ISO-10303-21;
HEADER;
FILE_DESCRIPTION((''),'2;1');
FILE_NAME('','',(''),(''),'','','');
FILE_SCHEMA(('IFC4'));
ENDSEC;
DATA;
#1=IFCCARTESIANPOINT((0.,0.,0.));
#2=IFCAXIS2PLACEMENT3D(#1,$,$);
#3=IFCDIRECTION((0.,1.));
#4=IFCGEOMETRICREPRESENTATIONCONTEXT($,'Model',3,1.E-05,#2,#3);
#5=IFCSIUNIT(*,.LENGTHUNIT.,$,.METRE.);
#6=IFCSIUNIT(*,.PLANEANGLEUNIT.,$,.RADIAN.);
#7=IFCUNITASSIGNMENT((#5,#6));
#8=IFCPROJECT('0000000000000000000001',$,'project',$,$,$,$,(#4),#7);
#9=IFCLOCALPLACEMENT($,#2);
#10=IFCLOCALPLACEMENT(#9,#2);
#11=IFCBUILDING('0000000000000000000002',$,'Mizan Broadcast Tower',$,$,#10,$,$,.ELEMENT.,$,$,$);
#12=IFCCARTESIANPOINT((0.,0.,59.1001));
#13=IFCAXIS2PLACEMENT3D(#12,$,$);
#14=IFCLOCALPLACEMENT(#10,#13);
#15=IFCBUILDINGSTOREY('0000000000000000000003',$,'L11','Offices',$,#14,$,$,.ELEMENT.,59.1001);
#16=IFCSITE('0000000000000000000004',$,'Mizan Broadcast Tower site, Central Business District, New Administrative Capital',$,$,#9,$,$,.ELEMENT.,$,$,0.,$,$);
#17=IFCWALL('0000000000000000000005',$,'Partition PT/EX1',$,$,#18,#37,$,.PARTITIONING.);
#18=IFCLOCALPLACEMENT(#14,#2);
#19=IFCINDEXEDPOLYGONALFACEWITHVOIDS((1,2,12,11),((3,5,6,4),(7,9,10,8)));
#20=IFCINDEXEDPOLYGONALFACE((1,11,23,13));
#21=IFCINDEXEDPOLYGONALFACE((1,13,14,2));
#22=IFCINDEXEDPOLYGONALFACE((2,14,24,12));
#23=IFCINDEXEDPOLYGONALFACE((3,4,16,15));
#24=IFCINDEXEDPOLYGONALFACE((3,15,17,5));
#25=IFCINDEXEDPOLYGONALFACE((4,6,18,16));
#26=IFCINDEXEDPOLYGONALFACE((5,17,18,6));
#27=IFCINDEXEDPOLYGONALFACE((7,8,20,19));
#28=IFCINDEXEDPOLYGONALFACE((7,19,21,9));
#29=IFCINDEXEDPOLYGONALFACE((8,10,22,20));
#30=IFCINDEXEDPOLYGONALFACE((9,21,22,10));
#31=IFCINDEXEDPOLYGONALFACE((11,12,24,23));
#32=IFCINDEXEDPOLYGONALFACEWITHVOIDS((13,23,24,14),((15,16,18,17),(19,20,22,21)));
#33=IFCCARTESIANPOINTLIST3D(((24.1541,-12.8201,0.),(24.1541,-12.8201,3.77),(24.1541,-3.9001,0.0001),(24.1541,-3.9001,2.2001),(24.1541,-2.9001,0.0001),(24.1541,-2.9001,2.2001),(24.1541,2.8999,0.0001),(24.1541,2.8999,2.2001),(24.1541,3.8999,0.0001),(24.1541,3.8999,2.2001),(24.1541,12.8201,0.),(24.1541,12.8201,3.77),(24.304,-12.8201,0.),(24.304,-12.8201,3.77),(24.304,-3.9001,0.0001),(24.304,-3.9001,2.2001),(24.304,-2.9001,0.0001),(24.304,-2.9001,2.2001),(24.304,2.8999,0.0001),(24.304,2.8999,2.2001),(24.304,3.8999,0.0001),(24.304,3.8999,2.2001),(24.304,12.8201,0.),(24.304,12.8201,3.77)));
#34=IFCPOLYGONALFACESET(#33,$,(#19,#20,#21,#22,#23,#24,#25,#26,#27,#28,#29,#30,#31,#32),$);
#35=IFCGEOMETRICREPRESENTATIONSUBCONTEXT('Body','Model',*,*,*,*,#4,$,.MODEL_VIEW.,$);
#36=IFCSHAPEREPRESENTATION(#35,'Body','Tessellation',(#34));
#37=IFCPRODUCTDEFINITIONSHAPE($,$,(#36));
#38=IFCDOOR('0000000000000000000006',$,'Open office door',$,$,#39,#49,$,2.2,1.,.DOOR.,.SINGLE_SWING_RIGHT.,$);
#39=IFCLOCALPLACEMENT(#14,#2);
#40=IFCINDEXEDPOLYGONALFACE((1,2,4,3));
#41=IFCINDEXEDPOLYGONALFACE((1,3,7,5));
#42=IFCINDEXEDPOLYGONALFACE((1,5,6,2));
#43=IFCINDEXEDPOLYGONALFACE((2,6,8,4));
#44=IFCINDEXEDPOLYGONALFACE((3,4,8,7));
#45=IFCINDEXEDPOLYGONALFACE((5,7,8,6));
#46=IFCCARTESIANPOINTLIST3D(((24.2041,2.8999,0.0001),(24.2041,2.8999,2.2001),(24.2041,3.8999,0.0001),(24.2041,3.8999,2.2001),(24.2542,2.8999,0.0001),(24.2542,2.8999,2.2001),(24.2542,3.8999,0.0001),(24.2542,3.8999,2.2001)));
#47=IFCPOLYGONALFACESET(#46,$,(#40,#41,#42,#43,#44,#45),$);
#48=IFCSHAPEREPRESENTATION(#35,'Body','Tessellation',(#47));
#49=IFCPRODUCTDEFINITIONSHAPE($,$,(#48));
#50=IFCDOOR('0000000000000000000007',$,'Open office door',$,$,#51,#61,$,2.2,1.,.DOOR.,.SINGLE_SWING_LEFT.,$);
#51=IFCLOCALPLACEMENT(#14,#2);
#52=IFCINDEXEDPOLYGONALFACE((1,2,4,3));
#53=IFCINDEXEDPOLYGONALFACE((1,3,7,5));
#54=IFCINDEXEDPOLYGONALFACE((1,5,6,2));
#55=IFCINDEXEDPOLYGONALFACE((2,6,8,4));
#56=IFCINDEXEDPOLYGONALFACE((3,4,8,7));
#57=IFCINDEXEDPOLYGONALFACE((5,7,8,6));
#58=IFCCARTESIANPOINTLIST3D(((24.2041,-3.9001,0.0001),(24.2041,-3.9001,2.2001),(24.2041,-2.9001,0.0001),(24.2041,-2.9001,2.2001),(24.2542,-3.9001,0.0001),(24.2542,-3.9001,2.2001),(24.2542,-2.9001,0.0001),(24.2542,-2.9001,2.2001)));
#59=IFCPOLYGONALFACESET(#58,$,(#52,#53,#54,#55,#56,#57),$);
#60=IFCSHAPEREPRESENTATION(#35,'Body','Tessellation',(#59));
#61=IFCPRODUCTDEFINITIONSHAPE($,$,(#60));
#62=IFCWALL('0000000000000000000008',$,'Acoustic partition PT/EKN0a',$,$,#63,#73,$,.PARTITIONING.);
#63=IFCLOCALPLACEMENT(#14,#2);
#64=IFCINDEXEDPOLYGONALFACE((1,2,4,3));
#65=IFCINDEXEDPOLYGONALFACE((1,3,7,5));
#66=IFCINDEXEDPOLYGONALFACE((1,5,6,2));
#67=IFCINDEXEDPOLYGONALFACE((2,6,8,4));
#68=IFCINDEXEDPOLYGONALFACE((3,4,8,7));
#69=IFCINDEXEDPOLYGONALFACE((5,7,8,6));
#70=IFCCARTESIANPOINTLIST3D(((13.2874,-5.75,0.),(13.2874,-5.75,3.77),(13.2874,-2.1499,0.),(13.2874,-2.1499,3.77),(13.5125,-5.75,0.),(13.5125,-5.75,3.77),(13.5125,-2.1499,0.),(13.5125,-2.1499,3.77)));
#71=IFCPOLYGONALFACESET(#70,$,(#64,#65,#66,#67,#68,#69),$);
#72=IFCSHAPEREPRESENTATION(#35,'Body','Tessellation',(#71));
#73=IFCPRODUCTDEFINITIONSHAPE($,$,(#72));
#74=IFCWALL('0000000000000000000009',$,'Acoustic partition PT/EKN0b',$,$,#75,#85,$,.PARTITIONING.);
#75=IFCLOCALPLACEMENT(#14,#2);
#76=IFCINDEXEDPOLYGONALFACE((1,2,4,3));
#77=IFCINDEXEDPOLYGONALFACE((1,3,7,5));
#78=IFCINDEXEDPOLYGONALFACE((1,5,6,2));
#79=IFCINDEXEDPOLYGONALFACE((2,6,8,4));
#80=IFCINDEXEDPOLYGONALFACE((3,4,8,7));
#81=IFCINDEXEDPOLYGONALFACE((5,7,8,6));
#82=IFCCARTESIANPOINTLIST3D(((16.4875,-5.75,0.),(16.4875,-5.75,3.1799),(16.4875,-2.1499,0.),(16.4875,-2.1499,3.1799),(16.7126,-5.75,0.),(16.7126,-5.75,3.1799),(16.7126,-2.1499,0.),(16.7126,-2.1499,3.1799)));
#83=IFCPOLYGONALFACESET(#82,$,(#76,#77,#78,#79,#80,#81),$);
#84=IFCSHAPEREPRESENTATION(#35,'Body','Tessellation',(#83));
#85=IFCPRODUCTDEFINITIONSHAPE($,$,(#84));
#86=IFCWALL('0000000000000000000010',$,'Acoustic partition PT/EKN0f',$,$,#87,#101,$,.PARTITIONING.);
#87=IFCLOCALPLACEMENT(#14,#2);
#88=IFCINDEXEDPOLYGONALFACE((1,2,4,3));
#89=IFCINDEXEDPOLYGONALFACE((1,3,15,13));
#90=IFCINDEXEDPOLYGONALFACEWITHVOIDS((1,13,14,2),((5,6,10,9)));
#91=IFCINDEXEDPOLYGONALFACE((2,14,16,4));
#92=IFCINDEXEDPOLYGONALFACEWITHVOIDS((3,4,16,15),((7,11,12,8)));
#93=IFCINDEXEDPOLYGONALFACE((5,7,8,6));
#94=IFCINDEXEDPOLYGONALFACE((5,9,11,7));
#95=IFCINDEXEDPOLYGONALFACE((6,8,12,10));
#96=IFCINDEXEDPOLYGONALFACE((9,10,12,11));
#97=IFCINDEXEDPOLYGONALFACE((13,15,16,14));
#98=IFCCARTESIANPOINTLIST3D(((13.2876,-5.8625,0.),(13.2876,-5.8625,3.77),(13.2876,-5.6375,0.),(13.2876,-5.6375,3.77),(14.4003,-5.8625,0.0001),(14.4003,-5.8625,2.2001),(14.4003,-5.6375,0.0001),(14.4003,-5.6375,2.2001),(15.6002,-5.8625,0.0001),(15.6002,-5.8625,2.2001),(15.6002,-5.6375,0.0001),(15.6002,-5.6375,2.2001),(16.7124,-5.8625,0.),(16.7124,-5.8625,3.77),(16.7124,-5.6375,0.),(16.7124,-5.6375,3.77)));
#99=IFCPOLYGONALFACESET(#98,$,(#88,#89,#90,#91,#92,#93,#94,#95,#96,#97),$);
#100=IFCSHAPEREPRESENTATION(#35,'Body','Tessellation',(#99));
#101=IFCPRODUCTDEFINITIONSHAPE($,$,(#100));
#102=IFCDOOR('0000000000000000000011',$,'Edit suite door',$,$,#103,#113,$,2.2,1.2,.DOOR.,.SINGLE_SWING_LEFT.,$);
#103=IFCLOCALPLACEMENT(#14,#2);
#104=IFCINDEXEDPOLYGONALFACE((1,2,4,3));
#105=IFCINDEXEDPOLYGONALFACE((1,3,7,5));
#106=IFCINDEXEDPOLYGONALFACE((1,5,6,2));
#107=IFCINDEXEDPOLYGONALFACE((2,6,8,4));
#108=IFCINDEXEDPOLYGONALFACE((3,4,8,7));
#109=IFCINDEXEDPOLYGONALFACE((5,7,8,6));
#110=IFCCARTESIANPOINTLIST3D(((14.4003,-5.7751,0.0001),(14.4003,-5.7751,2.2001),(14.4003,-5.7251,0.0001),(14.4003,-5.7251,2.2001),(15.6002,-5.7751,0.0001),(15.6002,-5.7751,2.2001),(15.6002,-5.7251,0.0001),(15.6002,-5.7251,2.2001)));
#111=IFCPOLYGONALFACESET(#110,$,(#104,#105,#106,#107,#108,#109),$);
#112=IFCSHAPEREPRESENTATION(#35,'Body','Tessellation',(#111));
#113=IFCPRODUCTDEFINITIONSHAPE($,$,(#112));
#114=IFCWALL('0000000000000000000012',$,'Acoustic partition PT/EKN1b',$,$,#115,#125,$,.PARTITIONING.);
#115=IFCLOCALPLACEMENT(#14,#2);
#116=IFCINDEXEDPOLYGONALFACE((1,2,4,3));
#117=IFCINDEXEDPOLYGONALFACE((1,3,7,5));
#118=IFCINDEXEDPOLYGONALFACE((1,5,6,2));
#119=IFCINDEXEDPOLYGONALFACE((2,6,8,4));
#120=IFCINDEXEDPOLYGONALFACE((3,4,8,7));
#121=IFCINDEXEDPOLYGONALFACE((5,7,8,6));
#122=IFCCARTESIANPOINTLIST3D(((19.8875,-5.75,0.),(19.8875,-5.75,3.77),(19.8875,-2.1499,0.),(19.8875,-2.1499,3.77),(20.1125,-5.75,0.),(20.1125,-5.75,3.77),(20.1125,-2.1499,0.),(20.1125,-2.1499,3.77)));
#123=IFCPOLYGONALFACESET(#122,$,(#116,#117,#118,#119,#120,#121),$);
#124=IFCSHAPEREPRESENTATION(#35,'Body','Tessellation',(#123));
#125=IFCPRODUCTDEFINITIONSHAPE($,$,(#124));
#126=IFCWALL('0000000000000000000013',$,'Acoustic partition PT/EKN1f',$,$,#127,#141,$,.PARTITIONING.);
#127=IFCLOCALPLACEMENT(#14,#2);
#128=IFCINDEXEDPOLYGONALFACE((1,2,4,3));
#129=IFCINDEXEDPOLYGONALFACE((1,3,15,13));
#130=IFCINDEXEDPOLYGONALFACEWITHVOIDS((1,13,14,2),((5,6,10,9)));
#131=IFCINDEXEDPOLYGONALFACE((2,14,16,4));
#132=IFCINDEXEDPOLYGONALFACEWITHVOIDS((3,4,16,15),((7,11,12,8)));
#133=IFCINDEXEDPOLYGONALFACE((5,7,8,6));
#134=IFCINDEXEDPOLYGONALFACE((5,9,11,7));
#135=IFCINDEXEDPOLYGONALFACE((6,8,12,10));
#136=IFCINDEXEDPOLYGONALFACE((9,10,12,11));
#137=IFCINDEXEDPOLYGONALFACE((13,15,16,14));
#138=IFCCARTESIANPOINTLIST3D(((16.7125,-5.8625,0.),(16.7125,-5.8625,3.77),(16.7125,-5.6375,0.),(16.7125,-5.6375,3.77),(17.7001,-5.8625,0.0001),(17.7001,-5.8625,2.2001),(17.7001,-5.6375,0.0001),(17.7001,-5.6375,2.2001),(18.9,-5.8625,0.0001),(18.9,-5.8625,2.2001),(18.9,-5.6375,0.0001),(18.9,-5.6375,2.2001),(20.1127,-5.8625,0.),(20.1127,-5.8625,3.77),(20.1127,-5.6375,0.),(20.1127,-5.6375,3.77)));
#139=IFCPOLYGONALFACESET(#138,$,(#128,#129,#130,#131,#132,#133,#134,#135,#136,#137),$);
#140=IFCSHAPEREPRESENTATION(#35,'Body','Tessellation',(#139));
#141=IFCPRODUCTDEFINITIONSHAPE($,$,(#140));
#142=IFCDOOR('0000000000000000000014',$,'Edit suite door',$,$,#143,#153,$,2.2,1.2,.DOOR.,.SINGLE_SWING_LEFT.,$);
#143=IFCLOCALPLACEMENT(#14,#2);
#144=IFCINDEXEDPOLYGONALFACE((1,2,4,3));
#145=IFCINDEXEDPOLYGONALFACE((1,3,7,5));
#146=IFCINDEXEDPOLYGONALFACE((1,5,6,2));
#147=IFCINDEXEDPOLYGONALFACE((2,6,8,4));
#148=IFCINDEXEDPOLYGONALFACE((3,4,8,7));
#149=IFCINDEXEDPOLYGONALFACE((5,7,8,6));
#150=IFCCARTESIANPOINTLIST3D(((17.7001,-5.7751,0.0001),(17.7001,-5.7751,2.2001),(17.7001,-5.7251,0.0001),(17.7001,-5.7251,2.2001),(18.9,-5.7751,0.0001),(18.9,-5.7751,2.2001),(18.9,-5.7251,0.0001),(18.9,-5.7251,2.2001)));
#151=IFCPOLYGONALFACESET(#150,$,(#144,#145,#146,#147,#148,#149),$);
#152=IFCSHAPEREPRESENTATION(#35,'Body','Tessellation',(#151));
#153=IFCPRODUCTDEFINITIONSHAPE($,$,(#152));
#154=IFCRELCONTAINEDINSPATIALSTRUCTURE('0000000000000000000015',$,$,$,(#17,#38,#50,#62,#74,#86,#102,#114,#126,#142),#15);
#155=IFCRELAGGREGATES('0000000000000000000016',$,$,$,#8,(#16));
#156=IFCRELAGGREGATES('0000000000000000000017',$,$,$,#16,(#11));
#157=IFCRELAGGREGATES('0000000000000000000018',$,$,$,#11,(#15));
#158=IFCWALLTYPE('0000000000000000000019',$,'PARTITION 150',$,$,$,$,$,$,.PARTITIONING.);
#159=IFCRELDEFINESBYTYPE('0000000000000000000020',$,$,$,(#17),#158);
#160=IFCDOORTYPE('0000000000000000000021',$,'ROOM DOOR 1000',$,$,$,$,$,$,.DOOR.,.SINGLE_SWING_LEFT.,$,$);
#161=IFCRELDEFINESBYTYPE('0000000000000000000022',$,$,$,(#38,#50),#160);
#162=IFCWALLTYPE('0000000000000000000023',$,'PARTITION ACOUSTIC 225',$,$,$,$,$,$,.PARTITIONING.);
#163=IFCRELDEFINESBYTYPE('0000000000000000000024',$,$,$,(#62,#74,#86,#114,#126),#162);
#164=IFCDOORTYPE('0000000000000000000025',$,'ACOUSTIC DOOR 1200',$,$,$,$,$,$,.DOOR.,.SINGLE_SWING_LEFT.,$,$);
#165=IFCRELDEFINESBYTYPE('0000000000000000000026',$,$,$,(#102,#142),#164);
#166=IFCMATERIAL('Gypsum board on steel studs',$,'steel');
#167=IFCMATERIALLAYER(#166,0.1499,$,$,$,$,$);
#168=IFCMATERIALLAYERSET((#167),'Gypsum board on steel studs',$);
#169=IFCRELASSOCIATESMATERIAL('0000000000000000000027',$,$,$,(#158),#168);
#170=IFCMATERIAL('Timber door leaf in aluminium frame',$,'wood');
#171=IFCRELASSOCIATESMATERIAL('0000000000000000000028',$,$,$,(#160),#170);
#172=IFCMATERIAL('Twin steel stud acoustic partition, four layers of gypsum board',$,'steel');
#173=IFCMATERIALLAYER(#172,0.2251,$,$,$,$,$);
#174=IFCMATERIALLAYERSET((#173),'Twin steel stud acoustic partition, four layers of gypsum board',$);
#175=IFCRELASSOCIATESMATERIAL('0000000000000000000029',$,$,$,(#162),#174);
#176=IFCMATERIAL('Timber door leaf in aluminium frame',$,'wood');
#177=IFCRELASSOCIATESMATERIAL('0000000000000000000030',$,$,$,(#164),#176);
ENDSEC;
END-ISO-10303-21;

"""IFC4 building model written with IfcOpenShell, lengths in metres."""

from ifc_helpers import new_model, si_unit, direction, frame, frame_2d, origin, place, context, subcontext, project, spatial, rectangle, extrude, material, layer, layer_set, type_object, element, fill, save


model = new_model("IFC4")

# Units and contexts
model_context = context("Model", 3, precision=1e-05, world=origin(), true_north=direction((0.0, 1.0)))
body_context = subcontext(model_context, "Body", "Model", "MODEL_VIEW")
ifc_project = project(units=[si_unit("LENGTHUNIT", "METRE"), si_unit("PLANEANGLEUNIT", "RADIAN")], contexts=[model_context])

# Site, building, storey
site_placement = place(None, origin())
site = spatial("IfcSite", under=ifc_project, at=site_placement, Name="Mizan Broadcast Tower site, Central Business District, New Administrative Capital", CompositionType="ELEMENT", RefElevation=0.0)
building_placement = place(site_placement, origin())
building = spatial("IfcBuilding", under=site, at=building_placement, Name="Mizan Broadcast Tower", CompositionType="ELEMENT")
storey_placement = place(building_placement, frame((0.0, 0.0, 59.1001)))
storey = spatial("IfcBuildingStorey", under=building, at=storey_placement, Name="L11", Description="Offices", CompositionType="ELEMENT", Elevation=59.1001)

# Wall, openings, doors
ifc_material_1 = material(Name="Gypsum board on steel studs", Category="steel")
ifc_layer_1 = layer(ifc_material_1, 0.1499)
ifc_layer_set_1 = layer_set([ifc_layer_1], Name="Gypsum board on steel studs")
wall_type_1 = type_object("IfcWallType", Name="PARTITION 150", PredefinedType="PARTITIONING", material=ifc_layer_set_1)
wall_1_placement = place(storey_placement, frame((24.229, -12.8201, 0.0), z_axis=(0.0, 0.0, 1.0), x_axis=(0.0, 1.0, 0.0)))
wall_1 = element("IfcWall", 1, at=wall_1_placement, inside=storey, type_object=wall_type_1, Name="Partition PT/EX1", PredefinedType="PARTITIONING", context=body_context, shape_type="SweptSolid", body=[
    extrude(rectangle(XDim=25.6401, YDim=0.1499, at=frame_2d((12.8201, 0.0))), origin(), (0.0, 0.0, 1.0), 3.77),
])
opening_1_placement = place(wall_1_placement, frame((15.72, 0.0, 0.0)))
opening_1 = element("IfcOpeningElement", 2, at=opening_1_placement, cuts=wall_1, PredefinedType="OPENING", context=body_context, shape_type="SweptSolid", body=[
    extrude(rectangle(XDim=1.0, YDim=2.2, at=frame_2d((0.5, 1.1001))), frame((0.0, 0.085, 0.0), z_axis=(0.0, -1.0, 0.0), x_axis=(1.0, 0.0, 0.0)), (0.0, 0.0, 1.0), 0.1699),
])
opening_2_placement = place(wall_1_placement, frame((8.9199, 0.0, 0.0)))
opening_2 = element("IfcOpeningElement", 3, at=opening_2_placement, cuts=wall_1, PredefinedType="OPENING", context=body_context, shape_type="SweptSolid", body=[
    extrude(rectangle(XDim=1.0, YDim=2.2, at=frame_2d((0.5, 1.1001))), frame((0.0, 0.085, 0.0), z_axis=(0.0, -1.0, 0.0), x_axis=(1.0, 0.0, 0.0)), (0.0, 0.0, 1.0), 0.1699),
])
ifc_material_2 = material(Name="Timber door leaf in aluminium frame", Category="wood")
door_type_1 = type_object("IfcDoorType", Name="ROOM DOOR 1000", OperationType="SINGLE_SWING_LEFT", PredefinedType="DOOR", material=ifc_material_2)
door_1_placement = place(opening_1_placement, origin())
door_1 = element("IfcDoor", 4, at=door_1_placement, inside=storey, type_object=door_type_1, Name="Open office door", OperationType="SINGLE_SWING_RIGHT", OverallHeight=2.2, OverallWidth=1.0, PredefinedType="DOOR", context=body_context, shape_type="SweptSolid", body=[
    extrude(rectangle(XDim=1.0, YDim=2.2, at=frame_2d((0.5, 1.1001))), frame((0.0, 0.0249, 0.0), z_axis=(0.0, -1.0, 0.0), x_axis=(1.0, 0.0, 0.0)), (0.0, 0.0, 1.0), 0.05),
])
fill(opening_1, door_1)
door_2_placement = place(opening_2_placement, origin())
door_2 = element("IfcDoor", 5, at=door_2_placement, inside=storey, type_object=door_type_1, Name="Open office door", OperationType="SINGLE_SWING_LEFT", OverallHeight=2.2, OverallWidth=1.0, PredefinedType="DOOR", context=body_context, shape_type="SweptSolid", body=[
    extrude(rectangle(XDim=1.0, YDim=2.2, at=frame_2d((0.5, 1.1001))), frame((0.0, 0.0249, 0.0), z_axis=(0.0, -1.0, 0.0), x_axis=(1.0, 0.0, 0.0)), (0.0, 0.0, 1.0), 0.05),
])
fill(opening_2, door_2)

# Walls
ifc_material_3 = material(Name="Twin steel stud acoustic partition, four layers of gypsum board", Category="steel")
ifc_layer_2 = layer(ifc_material_3, 0.2251)
ifc_layer_set_2 = layer_set([ifc_layer_2], Name="Twin steel stud acoustic partition, four layers of gypsum board")
wall_type_2 = type_object("IfcWallType", Name="PARTITION ACOUSTIC 225", PredefinedType="PARTITIONING", material=ifc_layer_set_2)
wall_2_placement = place(storey_placement, frame((13.3999, -2.1499, 0.0), z_axis=(0.0, 0.0, 1.0), x_axis=(0.0, -1.0, 0.0)))
element("IfcWall", 6, at=wall_2_placement, inside=storey, type_object=wall_type_2, Name="Acoustic partition PT/EKN0a", PredefinedType="PARTITIONING", context=body_context, shape_type="SweptSolid", body=[
    extrude(rectangle(XDim=3.6001, YDim=0.2251, at=frame_2d((1.8, 0.0))), origin(), (0.0, 0.0, 1.0), 3.77),
])
wall_3_placement = place(storey_placement, frame((16.6001, -2.1499, 0.0), z_axis=(0.0, 0.0, 1.0), x_axis=(0.0, -1.0, 0.0)))
element("IfcWall", 7, at=wall_3_placement, inside=storey, type_object=wall_type_2, Name="Acoustic partition PT/EKN0b", PredefinedType="PARTITIONING", context=body_context, shape_type="SweptSolid", body=[
    extrude(rectangle(XDim=3.6001, YDim=0.2251, at=frame_2d((1.8, 0.0))), origin(), (0.0, 0.0, 1.0), 3.1799),
])

# Wall, opening, door
wall_4_placement = place(storey_placement, frame((13.2876, -5.75, 0.0), z_axis=(0.0, 0.0, 1.0), x_axis=(1.0, 0.0, 0.0)))
wall_4 = element("IfcWall", 8, at=wall_4_placement, inside=storey, type_object=wall_type_2, Name="Acoustic partition PT/EKN0f", PredefinedType="PARTITIONING", context=body_context, shape_type="SweptSolid", body=[
    extrude(rectangle(XDim=3.4248, YDim=0.2251, at=frame_2d((1.7124, 0.0))), origin(), (0.0, 0.0, 1.0), 3.77),
])
opening_3_placement = place(wall_4_placement, frame((1.1125, 0.0, 0.0)))
opening_3 = element("IfcOpeningElement", 9, at=opening_3_placement, cuts=wall_4, PredefinedType="OPENING", context=body_context, shape_type="SweptSolid", body=[
    extrude(rectangle(XDim=1.2, YDim=2.2, at=frame_2d((0.6001, 1.1001))), frame((0.0, 0.1226, 0.0), z_axis=(0.0, -1.0, 0.0), x_axis=(1.0, 0.0, 0.0)), (0.0, 0.0, 1.0), 0.2451),
])
ifc_material_4 = material(Name="Timber door leaf in aluminium frame", Category="wood")
door_type_2 = type_object("IfcDoorType", Name="ACOUSTIC DOOR 1200", OperationType="SINGLE_SWING_LEFT", PredefinedType="DOOR", material=ifc_material_4)
door_3_placement = place(opening_3_placement, origin())
door_3 = element("IfcDoor", 10, at=door_3_placement, inside=storey, type_object=door_type_2, Name="Edit suite door", OperationType="SINGLE_SWING_LEFT", OverallHeight=2.2, OverallWidth=1.2, PredefinedType="DOOR", context=body_context, shape_type="SweptSolid", body=[
    extrude(rectangle(XDim=1.2, YDim=2.2, at=frame_2d((0.6001, 1.1001))), frame((0.0, 0.0249, 0.0), z_axis=(0.0, -1.0, 0.0), x_axis=(1.0, 0.0, 0.0)), (0.0, 0.0, 1.0), 0.05),
])
fill(opening_3, door_3)

# Wall
wall_5_placement = place(storey_placement, frame((20.0, -2.1499, 0.0), z_axis=(0.0, 0.0, 1.0), x_axis=(0.0, -1.0, 0.0)))
element("IfcWall", 11, at=wall_5_placement, inside=storey, type_object=wall_type_2, Name="Acoustic partition PT/EKN1b", PredefinedType="PARTITIONING", context=body_context, shape_type="SweptSolid", body=[
    extrude(rectangle(XDim=3.6001, YDim=0.2251, at=frame_2d((1.8, 0.0))), origin(), (0.0, 0.0, 1.0), 3.77),
])

# Wall, opening, door
wall_6_placement = place(storey_placement, frame((16.7124, -5.75, 0.0), z_axis=(0.0, 0.0, 1.0), x_axis=(1.0, 0.0, 0.0)))
wall_6 = element("IfcWall", 12, at=wall_6_placement, inside=storey, type_object=wall_type_2, Name="Acoustic partition PT/EKN1f", PredefinedType="PARTITIONING", context=body_context, shape_type="SweptSolid", body=[
    extrude(rectangle(XDim=3.4001, YDim=0.2251, at=frame_2d((1.7002, 0.0))), origin(), (0.0, 0.0, 1.0), 3.77),
])
opening_4_placement = place(wall_6_placement, frame((0.9875, 0.0, 0.0)))
opening_4 = element("IfcOpeningElement", 13, at=opening_4_placement, cuts=wall_6, PredefinedType="OPENING", context=body_context, shape_type="SweptSolid", body=[
    extrude(rectangle(XDim=1.2, YDim=2.2, at=frame_2d((0.6001, 1.1001))), frame((0.0, 0.1226, 0.0), z_axis=(0.0, -1.0, 0.0), x_axis=(1.0, 0.0, 0.0)), (0.0, 0.0, 1.0), 0.2451),
])
door_4_placement = place(opening_4_placement, origin())
door_4 = element("IfcDoor", 14, at=door_4_placement, inside=storey, type_object=door_type_2, Name="Edit suite door", OperationType="SINGLE_SWING_LEFT", OverallHeight=2.2, OverallWidth=1.2, PredefinedType="DOOR", context=body_context, shape_type="SweptSolid", body=[
    extrude(rectangle(XDim=1.2, YDim=2.2, at=frame_2d((0.6001, 1.1001))), frame((0.0, 0.0249, 0.0), z_axis=(0.0, -1.0, 0.0), x_axis=(1.0, 0.0, 0.0)), (0.0, 0.0, 1.0), 0.05),
])
fill(opening_4, door_4)

save(model, "model.ifc")
